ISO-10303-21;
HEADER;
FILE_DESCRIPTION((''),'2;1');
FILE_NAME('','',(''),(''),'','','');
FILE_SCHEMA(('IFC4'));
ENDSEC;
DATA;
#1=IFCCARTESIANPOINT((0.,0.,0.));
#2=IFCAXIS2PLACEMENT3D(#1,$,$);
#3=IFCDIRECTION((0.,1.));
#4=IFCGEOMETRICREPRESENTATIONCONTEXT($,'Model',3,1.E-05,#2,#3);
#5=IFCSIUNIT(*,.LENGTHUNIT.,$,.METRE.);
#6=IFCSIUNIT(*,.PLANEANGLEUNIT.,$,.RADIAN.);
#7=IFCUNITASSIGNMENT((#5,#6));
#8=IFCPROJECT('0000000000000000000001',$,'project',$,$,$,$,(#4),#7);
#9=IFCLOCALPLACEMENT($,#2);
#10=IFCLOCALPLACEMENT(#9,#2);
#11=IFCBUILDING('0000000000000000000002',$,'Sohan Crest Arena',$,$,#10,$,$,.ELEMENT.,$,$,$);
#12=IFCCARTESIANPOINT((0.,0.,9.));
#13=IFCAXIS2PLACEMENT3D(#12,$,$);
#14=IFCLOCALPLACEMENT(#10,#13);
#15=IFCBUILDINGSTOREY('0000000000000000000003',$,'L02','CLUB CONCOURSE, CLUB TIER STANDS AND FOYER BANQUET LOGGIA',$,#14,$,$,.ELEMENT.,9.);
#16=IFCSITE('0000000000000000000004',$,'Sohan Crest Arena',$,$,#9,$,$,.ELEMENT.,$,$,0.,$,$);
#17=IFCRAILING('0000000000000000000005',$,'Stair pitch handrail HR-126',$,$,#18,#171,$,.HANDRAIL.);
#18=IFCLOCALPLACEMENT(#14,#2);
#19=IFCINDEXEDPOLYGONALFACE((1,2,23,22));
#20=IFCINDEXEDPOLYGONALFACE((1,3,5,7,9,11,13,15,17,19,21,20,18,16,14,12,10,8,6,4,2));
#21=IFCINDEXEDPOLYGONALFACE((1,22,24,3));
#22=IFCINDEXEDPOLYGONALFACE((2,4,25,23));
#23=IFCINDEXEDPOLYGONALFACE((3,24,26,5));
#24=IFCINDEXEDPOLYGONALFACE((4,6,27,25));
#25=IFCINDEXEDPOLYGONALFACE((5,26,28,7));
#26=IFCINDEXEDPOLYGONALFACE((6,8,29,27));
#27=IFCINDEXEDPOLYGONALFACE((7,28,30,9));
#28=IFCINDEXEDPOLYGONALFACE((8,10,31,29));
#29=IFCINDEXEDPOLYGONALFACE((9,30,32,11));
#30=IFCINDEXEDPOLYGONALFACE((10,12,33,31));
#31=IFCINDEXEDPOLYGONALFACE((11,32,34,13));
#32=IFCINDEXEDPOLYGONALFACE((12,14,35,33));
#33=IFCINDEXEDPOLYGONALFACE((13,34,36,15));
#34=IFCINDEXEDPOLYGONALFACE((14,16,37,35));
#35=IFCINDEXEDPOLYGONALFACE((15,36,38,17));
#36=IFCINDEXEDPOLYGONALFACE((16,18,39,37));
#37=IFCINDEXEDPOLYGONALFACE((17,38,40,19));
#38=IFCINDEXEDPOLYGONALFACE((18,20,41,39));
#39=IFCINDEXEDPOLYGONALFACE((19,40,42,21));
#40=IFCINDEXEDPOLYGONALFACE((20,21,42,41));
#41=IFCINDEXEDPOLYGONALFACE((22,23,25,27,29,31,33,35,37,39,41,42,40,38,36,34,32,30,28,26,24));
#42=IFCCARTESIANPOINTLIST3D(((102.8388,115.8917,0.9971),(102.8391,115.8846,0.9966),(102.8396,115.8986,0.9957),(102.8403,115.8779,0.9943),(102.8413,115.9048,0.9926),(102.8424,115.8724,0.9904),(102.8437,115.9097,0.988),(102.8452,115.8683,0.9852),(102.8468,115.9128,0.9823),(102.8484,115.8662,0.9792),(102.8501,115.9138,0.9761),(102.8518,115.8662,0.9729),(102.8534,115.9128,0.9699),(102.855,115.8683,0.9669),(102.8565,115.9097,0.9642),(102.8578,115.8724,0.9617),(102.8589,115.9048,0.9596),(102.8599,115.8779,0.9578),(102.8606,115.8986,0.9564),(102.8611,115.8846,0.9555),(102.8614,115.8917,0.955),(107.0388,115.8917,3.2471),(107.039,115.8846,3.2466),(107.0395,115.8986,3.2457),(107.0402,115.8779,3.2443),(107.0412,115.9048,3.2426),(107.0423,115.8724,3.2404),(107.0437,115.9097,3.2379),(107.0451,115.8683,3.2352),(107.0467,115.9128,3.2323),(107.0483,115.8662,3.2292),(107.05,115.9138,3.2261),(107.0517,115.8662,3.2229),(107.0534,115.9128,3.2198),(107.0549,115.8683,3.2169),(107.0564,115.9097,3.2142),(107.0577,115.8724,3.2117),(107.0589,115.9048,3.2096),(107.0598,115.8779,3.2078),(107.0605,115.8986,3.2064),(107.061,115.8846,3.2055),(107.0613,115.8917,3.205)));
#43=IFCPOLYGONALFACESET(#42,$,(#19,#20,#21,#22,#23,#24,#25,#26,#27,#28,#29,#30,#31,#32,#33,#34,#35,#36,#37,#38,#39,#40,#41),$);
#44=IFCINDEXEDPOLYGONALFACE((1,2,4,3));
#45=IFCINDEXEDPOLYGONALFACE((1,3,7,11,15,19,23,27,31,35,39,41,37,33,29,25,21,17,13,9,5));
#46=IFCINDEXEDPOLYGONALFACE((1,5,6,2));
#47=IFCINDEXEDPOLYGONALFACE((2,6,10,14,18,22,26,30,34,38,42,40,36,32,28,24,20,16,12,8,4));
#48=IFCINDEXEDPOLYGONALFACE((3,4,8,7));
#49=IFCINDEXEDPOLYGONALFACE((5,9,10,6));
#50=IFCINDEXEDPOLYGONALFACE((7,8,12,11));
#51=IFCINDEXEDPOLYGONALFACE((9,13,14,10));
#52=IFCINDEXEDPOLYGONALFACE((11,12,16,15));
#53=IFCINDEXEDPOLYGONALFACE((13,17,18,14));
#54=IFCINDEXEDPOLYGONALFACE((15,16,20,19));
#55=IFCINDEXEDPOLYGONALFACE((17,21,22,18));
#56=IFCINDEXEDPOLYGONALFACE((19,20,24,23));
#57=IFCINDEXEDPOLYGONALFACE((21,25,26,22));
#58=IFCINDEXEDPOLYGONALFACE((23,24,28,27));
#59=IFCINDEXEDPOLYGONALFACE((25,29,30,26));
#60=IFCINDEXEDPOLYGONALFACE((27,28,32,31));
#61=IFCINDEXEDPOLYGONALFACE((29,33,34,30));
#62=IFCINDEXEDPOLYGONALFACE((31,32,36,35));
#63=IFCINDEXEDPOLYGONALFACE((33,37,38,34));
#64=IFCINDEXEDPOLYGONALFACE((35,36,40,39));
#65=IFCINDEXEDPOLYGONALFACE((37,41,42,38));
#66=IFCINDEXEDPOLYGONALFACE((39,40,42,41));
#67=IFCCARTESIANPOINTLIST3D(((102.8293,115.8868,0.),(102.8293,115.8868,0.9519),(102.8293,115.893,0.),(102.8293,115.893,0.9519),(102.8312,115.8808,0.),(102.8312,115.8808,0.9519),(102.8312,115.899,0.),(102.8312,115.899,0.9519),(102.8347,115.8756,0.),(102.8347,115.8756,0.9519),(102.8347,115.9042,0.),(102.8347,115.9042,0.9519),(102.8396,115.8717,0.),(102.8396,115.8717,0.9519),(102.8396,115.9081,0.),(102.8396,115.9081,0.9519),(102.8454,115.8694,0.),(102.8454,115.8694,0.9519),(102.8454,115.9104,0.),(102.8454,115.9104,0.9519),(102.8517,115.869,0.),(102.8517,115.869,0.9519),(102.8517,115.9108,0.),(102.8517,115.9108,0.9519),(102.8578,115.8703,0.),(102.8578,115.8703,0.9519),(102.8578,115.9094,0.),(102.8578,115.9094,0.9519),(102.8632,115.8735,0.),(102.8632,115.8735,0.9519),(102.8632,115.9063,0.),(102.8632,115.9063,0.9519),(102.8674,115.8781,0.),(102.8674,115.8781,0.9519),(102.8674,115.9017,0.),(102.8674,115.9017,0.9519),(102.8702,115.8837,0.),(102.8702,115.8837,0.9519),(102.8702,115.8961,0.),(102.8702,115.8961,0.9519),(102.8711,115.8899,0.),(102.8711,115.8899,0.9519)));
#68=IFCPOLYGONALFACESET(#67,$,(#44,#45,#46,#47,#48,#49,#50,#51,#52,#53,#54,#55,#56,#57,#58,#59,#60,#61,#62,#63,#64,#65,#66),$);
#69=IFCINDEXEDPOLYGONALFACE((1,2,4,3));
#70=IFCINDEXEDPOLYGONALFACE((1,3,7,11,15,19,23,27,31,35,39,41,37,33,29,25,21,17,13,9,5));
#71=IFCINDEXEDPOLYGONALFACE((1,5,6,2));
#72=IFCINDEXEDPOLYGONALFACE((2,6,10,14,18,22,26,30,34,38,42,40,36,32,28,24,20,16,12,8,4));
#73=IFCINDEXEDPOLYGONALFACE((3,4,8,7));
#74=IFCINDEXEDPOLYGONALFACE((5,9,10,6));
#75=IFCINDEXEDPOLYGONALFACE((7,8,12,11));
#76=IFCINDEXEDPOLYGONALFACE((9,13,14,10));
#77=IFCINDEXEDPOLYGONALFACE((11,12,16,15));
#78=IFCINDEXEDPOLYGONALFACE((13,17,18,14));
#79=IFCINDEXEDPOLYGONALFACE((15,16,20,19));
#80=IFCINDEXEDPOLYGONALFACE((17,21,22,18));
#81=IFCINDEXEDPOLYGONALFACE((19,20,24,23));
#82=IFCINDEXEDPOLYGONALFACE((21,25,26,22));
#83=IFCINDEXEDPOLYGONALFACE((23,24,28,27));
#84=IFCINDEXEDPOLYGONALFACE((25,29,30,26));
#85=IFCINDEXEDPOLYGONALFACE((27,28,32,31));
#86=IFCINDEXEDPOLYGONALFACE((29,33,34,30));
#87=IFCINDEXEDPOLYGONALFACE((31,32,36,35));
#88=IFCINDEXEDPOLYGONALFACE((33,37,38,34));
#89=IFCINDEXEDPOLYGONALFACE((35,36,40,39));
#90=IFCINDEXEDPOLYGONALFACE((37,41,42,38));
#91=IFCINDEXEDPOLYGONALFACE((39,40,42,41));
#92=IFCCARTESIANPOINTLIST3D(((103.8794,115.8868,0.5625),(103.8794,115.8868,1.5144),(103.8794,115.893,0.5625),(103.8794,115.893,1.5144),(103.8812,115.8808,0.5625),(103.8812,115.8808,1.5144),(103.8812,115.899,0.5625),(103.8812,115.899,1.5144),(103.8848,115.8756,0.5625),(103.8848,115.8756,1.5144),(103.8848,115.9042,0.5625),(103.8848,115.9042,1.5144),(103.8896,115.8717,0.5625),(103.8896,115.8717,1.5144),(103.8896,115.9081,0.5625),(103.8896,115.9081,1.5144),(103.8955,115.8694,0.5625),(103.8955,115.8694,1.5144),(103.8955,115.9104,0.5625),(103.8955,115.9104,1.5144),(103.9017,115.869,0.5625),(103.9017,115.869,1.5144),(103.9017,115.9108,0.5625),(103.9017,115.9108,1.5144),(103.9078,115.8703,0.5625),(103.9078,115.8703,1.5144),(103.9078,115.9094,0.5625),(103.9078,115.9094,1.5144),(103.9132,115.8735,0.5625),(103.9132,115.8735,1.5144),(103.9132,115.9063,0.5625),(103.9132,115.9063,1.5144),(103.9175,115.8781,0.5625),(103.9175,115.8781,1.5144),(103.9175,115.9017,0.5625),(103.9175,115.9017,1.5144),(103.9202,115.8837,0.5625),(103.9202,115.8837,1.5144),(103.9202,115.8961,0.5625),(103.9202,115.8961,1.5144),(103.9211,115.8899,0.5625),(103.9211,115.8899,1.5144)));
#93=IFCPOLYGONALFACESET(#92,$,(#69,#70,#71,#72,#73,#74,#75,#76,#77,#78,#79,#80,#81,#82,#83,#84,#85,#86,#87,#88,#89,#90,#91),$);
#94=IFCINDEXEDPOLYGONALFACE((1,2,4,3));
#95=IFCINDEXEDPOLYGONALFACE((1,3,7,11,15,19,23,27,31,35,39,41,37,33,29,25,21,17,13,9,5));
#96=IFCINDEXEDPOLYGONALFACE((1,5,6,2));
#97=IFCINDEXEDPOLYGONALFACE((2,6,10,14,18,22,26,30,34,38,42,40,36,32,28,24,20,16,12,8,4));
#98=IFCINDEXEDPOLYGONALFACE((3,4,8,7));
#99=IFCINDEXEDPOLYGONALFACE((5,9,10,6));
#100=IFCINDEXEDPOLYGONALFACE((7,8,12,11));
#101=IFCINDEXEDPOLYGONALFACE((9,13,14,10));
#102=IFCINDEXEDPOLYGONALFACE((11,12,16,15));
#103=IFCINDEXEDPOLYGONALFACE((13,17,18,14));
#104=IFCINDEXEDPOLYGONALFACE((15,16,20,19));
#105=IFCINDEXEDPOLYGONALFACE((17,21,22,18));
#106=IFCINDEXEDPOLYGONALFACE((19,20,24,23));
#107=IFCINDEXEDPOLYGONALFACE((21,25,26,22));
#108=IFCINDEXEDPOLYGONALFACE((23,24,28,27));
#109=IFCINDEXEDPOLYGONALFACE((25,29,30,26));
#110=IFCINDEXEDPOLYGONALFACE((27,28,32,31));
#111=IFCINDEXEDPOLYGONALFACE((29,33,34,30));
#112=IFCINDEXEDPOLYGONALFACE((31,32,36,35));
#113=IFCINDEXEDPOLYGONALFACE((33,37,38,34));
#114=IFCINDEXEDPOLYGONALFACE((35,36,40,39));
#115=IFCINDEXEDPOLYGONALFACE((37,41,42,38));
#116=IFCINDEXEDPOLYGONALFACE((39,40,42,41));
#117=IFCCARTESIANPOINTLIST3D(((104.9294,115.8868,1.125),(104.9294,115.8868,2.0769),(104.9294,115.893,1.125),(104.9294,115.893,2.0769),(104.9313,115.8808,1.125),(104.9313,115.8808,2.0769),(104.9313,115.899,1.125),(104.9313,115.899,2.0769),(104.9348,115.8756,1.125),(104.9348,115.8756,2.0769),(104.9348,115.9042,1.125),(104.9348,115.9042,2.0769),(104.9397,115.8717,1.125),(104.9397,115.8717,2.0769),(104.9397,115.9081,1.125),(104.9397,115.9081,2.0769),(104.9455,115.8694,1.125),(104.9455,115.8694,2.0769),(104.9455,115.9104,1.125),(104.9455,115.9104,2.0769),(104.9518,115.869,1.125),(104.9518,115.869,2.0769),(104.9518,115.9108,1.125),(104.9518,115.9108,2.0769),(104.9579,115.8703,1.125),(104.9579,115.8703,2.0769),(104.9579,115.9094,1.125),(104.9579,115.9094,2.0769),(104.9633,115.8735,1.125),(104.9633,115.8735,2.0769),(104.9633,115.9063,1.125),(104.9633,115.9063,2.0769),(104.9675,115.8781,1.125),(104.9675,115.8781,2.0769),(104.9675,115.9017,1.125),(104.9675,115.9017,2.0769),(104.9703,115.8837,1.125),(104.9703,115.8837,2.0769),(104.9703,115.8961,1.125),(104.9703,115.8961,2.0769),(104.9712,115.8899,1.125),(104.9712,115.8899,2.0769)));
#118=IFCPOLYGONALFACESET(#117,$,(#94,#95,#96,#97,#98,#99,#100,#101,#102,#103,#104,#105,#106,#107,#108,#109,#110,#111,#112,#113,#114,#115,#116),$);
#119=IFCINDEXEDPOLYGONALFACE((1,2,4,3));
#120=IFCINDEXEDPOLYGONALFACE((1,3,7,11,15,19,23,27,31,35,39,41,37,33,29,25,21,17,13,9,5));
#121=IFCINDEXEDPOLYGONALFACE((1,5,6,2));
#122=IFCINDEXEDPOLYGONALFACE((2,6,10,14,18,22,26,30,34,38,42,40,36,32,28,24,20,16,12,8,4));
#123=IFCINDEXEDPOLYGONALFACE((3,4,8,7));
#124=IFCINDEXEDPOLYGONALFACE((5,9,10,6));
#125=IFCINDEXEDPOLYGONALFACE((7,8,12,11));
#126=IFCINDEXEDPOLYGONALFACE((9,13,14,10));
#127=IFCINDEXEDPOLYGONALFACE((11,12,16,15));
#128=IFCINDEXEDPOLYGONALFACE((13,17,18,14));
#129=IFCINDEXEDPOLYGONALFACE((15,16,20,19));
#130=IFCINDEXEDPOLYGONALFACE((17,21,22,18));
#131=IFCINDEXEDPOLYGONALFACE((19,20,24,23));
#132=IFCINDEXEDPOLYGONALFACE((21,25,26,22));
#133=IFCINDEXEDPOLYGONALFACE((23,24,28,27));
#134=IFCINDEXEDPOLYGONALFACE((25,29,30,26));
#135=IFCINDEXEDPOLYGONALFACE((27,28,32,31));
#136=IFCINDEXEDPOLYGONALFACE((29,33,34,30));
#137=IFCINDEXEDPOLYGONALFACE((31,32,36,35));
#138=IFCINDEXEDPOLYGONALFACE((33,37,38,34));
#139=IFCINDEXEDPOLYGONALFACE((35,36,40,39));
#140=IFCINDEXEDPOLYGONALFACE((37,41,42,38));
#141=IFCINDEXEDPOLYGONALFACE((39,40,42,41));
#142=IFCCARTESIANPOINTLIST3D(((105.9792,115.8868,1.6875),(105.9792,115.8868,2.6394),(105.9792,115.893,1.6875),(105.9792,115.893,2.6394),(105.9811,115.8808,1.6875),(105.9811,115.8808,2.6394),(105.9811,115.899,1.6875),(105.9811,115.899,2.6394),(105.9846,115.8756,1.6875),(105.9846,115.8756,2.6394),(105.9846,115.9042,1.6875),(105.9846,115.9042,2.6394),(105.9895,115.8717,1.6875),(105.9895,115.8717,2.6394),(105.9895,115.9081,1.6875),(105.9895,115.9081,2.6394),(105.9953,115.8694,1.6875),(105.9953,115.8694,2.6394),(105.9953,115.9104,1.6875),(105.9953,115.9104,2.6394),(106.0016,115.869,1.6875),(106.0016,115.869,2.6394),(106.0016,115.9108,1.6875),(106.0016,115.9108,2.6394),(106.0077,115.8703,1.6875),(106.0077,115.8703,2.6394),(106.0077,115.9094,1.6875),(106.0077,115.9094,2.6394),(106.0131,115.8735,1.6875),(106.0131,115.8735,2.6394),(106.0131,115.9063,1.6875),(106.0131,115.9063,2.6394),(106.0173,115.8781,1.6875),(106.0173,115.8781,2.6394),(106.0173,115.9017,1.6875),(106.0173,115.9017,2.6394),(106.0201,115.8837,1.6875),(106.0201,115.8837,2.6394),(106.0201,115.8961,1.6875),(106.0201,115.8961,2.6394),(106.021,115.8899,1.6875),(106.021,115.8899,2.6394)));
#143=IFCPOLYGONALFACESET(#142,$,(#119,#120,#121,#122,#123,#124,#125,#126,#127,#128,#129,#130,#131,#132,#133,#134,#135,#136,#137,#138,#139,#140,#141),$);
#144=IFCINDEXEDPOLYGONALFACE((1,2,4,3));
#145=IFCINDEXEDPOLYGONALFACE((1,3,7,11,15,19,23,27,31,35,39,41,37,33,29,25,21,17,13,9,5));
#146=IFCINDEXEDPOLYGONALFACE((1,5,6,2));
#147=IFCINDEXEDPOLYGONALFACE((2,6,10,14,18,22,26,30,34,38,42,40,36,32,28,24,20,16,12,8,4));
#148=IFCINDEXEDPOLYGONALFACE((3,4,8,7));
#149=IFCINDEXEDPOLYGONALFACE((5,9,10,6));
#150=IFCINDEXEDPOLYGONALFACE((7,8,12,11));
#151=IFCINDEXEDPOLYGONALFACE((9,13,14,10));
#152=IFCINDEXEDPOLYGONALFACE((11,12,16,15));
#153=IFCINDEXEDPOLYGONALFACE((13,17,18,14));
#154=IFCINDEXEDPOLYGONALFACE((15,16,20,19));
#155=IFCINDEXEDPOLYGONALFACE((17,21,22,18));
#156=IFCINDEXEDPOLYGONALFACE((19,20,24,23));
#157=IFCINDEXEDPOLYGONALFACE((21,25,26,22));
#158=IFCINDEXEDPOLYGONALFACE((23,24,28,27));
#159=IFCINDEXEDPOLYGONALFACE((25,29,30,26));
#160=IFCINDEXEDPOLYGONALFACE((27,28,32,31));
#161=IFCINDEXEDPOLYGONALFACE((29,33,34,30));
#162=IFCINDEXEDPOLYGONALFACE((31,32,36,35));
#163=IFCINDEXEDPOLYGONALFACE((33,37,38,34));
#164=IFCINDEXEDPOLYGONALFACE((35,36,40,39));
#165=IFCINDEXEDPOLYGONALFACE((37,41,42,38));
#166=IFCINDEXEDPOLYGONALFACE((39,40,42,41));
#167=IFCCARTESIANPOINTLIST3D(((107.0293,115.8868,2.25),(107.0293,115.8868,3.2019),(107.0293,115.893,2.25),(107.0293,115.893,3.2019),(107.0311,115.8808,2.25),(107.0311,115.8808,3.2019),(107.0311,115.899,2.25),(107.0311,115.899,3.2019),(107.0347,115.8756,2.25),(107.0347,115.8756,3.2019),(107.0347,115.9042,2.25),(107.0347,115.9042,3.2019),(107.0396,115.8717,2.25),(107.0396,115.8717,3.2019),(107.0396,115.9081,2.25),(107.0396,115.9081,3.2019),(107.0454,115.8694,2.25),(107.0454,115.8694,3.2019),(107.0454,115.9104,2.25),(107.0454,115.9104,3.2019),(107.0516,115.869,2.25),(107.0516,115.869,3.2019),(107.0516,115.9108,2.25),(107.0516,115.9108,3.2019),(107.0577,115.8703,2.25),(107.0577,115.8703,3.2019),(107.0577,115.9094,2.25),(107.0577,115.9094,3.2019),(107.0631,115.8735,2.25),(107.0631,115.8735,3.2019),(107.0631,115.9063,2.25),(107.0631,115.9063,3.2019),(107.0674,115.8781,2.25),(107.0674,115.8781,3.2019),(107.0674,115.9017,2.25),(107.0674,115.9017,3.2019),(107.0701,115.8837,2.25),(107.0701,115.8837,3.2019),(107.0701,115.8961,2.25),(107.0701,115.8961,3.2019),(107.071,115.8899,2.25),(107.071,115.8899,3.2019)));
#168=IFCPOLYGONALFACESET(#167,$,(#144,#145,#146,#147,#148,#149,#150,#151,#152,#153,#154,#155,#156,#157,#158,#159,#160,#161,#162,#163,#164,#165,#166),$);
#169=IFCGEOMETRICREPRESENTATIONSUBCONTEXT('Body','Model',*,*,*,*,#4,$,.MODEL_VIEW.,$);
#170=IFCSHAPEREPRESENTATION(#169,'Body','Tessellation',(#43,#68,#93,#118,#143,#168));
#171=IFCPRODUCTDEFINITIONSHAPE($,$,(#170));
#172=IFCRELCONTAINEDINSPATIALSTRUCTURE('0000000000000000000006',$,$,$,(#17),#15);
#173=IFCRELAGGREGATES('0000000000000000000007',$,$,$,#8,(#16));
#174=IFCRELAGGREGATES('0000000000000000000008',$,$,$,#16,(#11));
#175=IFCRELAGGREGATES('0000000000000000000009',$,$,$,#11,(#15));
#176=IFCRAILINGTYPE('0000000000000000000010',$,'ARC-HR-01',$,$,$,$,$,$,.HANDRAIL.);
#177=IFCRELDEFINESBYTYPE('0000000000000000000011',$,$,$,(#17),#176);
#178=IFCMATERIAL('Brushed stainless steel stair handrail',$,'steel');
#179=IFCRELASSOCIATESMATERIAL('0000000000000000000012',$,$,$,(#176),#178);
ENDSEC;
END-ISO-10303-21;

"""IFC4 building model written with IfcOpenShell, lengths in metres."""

from ifc_helpers import new_model, si_unit, direction, frame, origin, origin_2d, place, context, subcontext, project, spatial, circle, extrude, material, type_object, element, save


model = new_model("IFC4")

# Units and contexts
model_context = context("Model", 3, precision=1e-05, world=origin(), true_north=direction((0.0, 1.0)))
body_context = subcontext(model_context, "Body", "Model", "MODEL_VIEW")
ifc_project = project(units=[si_unit("LENGTHUNIT", "METRE"), si_unit("PLANEANGLEUNIT", "RADIAN")], contexts=[model_context])

# Site, building, storey
site_placement = place(None, origin())
site = spatial("IfcSite", under=ifc_project, at=site_placement, Name="Sohan Crest Arena", CompositionType="ELEMENT", RefElevation=0.0)
building_placement = place(site_placement, origin())
building = spatial("IfcBuilding", under=site, at=building_placement, Name="Sohan Crest Arena", CompositionType="ELEMENT")
storey_placement = place(building_placement, frame((0.0, 0.0, 9.0)))
storey = spatial("IfcBuildingStorey", under=building, at=storey_placement, Name="L02", Description="CLUB CONCOURSE, CLUB TIER STANDS AND FOYER BANQUET LOGGIA", CompositionType="ELEMENT", Elevation=9.0)

# Railing
ifc_material_1 = material(Name="Brushed stainless steel stair handrail", Category="steel")
railing_type_1 = type_object("IfcRailingType", Name="ARC-HR-01", PredefinedType="HANDRAIL", material=ifc_material_1)
for number, where, name in (
    (1, (102.8501, 115.8899, 0.0), "Stair pitch handrail HR-126"),
):
    element("IfcRailing", number, at=place(storey_placement, frame(where)), inside=storey, type_object=railing_type_1, Name=name, PredefinedType="HANDRAIL", context=body_context, shape_type="SweptSolid", body=[
        extrude(circle(Radius=0.0239, at=origin_2d()), frame((0.0, 0.0, 0.9761), z_axis=(0.881478, 0.0, 0.472226), x_axis=(0.0, 1.0, 0.0)), (0.0, 0.0, 1.0), 4.7646),
        extrude(circle(Radius=0.021, at=origin_2d()), origin(), (0.0, 0.0, 1.0), 0.9519),
        extrude(circle(Radius=0.021, at=origin_2d()), frame((1.05, 0.0, 0.5625)), (0.0, 0.0, 1.0), 0.9519),
        extrude(circle(Radius=0.021, at=origin_2d()), frame((2.1001, 0.0, 1.125)), (0.0, 0.0, 1.0), 0.9519),
        extrude(circle(Radius=0.021, at=origin_2d()), frame((3.1499, 0.0, 1.6875)), (0.0, 0.0, 1.0), 0.9519),
        extrude(circle(Radius=0.021, at=origin_2d()), frame((4.2, 0.0, 2.25)), (0.0, 0.0, 1.0), 0.9519),
    ])

save(model, "model.ifc")
